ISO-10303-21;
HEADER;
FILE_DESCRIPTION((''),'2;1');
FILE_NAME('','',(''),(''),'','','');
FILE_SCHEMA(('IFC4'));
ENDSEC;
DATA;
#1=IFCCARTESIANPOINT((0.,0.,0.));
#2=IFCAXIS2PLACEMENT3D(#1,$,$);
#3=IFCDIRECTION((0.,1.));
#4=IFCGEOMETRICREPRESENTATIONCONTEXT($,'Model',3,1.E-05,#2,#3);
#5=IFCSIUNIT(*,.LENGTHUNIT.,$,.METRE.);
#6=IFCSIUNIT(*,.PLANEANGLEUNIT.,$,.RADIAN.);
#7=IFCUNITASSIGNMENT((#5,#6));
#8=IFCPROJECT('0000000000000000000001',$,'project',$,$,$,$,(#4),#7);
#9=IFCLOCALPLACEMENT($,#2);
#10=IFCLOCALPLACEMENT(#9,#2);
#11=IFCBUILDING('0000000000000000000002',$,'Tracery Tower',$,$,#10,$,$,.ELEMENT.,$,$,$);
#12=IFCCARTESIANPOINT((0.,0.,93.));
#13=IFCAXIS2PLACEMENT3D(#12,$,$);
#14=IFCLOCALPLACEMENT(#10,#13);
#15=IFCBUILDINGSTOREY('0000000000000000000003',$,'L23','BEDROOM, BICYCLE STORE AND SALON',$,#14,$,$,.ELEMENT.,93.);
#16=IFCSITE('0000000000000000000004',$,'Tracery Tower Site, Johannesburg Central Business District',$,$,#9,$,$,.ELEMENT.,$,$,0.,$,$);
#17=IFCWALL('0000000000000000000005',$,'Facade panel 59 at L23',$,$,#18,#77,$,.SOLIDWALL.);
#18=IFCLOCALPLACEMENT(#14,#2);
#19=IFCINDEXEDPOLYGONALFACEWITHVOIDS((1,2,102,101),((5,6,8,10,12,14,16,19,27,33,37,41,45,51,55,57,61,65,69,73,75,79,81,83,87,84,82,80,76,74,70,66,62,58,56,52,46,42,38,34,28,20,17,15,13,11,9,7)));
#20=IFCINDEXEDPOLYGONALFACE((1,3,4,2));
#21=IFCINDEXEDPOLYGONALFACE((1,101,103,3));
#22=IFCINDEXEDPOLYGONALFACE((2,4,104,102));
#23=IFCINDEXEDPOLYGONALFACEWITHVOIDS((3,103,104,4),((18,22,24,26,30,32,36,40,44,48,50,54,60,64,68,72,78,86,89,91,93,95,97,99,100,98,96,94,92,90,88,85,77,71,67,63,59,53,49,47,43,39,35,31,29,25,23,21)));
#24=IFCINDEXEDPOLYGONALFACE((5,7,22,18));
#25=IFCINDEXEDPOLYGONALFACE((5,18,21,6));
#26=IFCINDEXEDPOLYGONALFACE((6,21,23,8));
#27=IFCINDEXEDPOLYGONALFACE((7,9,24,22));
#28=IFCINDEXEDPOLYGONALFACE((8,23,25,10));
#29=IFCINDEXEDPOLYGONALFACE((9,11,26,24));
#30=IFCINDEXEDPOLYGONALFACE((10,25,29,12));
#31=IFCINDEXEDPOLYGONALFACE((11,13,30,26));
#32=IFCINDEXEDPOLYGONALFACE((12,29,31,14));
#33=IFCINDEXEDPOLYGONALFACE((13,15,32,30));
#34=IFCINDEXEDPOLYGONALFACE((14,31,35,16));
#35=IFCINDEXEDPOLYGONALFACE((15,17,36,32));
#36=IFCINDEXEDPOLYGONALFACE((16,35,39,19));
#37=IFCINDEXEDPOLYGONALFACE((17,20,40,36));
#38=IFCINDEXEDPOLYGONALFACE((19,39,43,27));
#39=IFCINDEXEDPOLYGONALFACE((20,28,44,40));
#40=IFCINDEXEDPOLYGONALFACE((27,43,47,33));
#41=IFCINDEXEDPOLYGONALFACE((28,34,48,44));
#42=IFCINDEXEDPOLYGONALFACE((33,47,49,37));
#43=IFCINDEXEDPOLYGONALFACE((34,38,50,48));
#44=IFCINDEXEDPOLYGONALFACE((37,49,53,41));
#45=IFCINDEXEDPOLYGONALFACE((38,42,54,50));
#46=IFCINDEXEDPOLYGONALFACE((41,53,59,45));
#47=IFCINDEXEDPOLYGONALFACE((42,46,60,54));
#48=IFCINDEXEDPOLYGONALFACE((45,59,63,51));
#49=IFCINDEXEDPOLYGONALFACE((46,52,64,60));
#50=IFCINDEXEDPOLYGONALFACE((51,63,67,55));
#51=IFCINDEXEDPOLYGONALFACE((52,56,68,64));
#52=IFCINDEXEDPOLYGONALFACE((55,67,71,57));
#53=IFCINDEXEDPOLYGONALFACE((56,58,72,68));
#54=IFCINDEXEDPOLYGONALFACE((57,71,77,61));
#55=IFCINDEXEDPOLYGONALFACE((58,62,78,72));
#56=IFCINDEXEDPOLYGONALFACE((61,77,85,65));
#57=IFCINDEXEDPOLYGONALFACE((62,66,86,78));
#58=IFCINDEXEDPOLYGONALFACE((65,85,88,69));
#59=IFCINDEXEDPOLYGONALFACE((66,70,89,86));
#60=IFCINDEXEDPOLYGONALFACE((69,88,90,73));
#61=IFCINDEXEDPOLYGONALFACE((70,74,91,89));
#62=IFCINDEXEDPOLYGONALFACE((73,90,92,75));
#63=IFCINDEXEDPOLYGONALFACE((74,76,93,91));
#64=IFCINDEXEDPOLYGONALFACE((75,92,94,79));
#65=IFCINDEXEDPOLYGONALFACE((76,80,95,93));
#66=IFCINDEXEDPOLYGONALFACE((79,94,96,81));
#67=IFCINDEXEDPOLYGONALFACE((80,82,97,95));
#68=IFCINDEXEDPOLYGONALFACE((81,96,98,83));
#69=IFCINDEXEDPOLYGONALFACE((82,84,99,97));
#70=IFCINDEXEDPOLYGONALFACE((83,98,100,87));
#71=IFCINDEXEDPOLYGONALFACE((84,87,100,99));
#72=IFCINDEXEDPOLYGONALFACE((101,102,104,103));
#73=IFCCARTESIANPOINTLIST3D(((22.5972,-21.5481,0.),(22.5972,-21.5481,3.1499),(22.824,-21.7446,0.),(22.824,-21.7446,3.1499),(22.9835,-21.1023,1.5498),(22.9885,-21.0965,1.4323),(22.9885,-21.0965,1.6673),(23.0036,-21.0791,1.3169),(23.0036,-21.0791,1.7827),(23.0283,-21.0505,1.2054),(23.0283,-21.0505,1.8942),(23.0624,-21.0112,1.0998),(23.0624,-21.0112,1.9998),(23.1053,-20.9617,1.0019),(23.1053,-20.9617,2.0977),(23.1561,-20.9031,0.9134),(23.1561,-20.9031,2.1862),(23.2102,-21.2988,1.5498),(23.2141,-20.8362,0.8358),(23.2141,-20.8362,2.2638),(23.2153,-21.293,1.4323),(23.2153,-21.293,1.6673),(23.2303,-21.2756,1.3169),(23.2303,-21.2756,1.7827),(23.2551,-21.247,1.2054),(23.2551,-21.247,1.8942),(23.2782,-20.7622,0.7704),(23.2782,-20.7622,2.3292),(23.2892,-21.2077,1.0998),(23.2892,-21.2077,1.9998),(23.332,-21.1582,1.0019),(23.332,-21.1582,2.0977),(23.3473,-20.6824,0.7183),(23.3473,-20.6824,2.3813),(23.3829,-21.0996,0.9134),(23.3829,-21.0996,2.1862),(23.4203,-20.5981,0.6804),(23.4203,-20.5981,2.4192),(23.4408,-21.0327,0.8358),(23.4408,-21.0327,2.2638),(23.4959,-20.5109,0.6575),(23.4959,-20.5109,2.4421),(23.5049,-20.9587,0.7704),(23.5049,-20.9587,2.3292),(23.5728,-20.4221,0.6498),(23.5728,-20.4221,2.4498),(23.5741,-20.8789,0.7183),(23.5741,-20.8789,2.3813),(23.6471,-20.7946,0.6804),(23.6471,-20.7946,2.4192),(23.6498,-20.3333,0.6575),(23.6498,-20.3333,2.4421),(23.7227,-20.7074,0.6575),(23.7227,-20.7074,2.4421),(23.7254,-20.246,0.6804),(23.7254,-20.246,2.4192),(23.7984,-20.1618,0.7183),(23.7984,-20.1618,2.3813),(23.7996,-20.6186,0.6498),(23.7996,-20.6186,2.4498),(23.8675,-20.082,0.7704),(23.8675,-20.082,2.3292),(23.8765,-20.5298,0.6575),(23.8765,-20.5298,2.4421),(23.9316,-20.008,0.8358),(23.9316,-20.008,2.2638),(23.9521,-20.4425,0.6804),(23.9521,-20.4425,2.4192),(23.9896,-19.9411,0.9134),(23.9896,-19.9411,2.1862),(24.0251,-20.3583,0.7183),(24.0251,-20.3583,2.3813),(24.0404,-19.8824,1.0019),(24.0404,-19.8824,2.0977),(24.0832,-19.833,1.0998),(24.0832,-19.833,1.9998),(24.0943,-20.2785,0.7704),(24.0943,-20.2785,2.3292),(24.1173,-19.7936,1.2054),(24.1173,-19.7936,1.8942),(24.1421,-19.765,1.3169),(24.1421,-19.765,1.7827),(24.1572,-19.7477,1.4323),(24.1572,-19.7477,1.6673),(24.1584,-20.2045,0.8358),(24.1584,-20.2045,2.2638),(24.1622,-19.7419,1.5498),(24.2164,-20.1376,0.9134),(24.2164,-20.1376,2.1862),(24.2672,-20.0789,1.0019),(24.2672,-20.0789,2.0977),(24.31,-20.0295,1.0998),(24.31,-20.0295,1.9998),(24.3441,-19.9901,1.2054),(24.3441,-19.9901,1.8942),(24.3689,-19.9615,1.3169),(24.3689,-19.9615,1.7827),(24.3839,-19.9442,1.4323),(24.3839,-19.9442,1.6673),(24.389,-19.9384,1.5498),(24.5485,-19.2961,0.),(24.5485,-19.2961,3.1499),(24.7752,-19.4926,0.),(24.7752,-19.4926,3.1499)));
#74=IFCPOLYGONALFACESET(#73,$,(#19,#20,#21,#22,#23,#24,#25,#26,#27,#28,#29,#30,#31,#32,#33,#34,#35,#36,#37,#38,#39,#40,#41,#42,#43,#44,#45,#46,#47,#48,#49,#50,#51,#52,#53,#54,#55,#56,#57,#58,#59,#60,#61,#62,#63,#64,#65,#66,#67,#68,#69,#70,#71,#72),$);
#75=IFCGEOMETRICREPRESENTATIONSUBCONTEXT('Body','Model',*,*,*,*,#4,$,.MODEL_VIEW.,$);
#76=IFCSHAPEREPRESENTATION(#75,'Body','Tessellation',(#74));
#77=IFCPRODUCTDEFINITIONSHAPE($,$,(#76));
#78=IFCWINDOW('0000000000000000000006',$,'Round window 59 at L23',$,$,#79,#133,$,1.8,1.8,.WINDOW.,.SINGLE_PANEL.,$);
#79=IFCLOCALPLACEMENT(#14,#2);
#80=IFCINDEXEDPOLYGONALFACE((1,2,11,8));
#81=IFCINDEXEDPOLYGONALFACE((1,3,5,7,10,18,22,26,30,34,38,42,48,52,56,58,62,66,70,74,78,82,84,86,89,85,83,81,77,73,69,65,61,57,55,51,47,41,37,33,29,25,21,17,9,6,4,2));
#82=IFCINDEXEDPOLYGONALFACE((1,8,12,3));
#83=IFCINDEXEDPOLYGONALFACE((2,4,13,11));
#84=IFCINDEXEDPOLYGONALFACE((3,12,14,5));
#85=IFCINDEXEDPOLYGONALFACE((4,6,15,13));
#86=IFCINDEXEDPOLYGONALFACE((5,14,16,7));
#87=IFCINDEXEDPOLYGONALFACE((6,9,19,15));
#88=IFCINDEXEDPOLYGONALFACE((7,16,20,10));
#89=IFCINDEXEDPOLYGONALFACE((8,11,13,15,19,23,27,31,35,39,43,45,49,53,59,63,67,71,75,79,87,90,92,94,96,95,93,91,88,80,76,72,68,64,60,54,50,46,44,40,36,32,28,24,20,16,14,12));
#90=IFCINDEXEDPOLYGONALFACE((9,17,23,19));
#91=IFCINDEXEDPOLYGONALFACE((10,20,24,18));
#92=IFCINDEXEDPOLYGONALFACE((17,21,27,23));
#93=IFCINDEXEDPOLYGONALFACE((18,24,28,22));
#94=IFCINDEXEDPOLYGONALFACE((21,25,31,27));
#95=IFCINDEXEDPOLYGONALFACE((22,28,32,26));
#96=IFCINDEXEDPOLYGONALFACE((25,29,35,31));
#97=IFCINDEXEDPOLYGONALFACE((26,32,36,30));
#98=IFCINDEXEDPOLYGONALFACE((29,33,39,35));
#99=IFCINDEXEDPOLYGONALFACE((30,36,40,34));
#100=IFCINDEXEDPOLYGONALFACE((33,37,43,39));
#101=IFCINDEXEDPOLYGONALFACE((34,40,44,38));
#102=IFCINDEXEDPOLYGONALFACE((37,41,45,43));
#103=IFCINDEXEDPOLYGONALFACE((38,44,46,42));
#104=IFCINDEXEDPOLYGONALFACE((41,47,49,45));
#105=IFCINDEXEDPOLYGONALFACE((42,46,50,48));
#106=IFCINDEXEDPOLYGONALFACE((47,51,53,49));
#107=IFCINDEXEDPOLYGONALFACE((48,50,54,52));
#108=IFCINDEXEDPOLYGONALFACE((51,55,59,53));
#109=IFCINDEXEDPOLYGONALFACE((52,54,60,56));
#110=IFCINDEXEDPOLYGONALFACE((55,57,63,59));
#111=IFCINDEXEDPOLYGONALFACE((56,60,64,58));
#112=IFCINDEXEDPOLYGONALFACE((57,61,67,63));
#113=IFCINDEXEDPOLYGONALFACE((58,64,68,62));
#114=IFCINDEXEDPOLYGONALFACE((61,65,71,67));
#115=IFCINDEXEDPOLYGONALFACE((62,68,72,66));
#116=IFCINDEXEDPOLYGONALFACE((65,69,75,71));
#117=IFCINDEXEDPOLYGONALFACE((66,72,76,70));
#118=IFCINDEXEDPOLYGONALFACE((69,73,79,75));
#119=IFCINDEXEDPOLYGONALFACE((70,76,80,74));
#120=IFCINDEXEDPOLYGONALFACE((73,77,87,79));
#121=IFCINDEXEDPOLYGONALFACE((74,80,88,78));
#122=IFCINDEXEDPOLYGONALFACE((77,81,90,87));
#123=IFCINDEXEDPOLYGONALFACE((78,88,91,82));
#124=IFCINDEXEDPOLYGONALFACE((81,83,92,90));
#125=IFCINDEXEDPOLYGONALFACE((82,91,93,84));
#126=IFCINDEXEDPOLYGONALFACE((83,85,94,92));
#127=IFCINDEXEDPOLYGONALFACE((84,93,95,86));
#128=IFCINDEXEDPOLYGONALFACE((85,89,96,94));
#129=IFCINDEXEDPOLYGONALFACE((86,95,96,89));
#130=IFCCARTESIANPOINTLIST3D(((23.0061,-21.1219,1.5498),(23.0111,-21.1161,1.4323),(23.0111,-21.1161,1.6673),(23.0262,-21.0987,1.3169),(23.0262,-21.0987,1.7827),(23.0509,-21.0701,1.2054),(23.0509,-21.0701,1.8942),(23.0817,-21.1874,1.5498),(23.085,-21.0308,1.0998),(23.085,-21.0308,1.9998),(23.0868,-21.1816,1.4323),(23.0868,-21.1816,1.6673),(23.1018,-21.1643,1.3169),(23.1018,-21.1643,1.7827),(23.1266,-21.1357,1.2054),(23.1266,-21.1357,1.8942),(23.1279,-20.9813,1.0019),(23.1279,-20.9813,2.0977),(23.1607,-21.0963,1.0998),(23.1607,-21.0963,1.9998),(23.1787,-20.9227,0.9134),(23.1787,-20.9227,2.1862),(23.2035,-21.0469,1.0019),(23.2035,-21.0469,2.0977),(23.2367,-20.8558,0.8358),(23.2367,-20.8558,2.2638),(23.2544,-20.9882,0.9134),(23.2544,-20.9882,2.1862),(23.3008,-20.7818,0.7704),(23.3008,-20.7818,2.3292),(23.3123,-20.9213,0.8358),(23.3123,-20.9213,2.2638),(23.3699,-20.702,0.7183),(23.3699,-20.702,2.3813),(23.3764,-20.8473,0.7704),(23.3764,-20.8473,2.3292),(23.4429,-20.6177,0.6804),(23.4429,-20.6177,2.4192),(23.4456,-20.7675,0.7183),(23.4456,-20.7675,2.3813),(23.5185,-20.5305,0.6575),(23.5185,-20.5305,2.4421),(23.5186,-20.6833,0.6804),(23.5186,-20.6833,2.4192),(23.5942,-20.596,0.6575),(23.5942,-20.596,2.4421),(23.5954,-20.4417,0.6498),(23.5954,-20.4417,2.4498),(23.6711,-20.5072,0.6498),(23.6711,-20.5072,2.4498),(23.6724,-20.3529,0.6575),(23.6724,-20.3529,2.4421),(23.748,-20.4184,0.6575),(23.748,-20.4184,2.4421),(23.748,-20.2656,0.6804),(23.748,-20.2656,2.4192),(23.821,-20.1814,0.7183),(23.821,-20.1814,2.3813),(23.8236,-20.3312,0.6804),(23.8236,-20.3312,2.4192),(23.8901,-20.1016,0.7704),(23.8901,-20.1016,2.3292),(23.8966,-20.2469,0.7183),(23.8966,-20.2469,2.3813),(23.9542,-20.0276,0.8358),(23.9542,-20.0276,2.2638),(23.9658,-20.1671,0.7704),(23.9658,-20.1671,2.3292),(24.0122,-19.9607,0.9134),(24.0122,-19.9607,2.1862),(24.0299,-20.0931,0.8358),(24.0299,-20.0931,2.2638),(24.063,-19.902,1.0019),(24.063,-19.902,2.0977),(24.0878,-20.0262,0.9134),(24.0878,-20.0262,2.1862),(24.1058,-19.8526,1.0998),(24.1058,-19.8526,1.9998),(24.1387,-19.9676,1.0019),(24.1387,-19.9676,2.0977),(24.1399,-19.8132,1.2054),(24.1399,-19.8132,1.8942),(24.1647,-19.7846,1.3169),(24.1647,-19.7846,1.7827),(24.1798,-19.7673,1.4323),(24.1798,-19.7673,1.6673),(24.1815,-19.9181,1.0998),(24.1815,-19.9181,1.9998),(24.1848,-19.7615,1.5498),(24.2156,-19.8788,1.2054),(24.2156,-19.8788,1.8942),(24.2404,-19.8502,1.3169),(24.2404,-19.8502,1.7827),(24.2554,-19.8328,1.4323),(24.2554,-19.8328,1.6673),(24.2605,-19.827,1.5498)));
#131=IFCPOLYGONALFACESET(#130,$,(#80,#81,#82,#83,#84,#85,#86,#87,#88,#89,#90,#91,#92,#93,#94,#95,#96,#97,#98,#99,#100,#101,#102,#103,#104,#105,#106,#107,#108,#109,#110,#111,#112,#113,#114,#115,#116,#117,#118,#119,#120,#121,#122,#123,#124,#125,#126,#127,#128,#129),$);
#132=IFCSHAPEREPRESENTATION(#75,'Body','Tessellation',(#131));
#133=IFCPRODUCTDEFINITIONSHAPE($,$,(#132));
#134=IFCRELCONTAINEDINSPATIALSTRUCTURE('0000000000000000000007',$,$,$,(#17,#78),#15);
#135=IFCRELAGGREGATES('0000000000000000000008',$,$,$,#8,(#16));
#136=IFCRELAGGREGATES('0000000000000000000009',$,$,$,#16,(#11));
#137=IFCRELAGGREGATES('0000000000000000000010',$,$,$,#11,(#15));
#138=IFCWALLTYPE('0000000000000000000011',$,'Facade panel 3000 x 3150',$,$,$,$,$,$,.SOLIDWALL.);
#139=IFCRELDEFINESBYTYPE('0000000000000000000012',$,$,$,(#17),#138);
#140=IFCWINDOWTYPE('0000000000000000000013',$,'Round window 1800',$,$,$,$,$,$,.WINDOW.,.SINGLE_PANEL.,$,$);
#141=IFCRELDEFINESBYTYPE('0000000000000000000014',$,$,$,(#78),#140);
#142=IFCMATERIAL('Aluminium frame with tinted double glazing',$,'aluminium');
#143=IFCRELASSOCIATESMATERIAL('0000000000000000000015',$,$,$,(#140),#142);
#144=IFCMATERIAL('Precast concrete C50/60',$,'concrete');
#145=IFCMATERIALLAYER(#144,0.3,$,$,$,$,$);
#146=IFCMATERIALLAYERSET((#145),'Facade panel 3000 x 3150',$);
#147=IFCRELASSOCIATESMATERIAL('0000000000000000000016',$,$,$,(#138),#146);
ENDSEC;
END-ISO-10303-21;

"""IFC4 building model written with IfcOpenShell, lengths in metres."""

from ifc_helpers import new_model, si_unit, direction, frame, frame_2d, origin, origin_2d, place, context, subcontext, project, spatial, rectangle, circle, extrude, material, layer, layer_set, type_object, element, fill, save


model = new_model("IFC4")

# Units and contexts
model_context = context("Model", 3, precision=1e-05, world=origin(), true_north=direction((0.0, 1.0)))
body_context = subcontext(model_context, "Body", "Model", "MODEL_VIEW")
ifc_project = project(units=[si_unit("LENGTHUNIT", "METRE"), si_unit("PLANEANGLEUNIT", "RADIAN")], contexts=[model_context])

# Site, building, storey
site_placement = place(None, origin())
site = spatial("IfcSite", under=ifc_project, at=site_placement, Name="Tracery Tower Site, Johannesburg Central Business District", CompositionType="ELEMENT", RefElevation=0.0)
building_placement = place(site_placement, origin())
building = spatial("IfcBuilding", under=site, at=building_placement, Name="Tracery Tower", CompositionType="ELEMENT")
storey_placement = place(building_placement, frame((0.0, 0.0, 93.0)))
storey = spatial("IfcBuildingStorey", under=building, at=storey_placement, Name="L23", Description="BEDROOM, BICYCLE STORE AND SALON", CompositionType="ELEMENT", Elevation=93.0)

# Wall, opening, window
ifc_material_1 = material(Name="Aluminium frame with tinted double glazing", Category="aluminium")
window_type = type_object("IfcWindowType", Name="Round window 1800", PartitioningType="SINGLE_PANEL", PredefinedType="WINDOW", material=ifc_material_1)
ifc_material_2 = material(Name="Precast concrete C50/60", Category="concrete")
ifc_layer_1 = layer(ifc_material_2, 0.3)
ifc_layer_set_1 = layer_set([ifc_layer_1], Name="Facade panel 3000 x 3150")
wall_type_1 = type_object("IfcWallType", Name="Facade panel 3000 x 3150", PredefinedType="SOLIDWALL", material=ifc_layer_set_1)
wall_1_placement = place(storey_placement, frame((22.7107, -21.6462, 0.0), z_axis=(0.0, 0.0, 1.0), x_axis=(0.654831, 0.755776, 0.0)))
wall_1 = element("IfcWall", 1, at=wall_1_placement, inside=storey, type_object=wall_type_1, Name="Facade panel 59 at L23", PredefinedType="SOLIDWALL", context=body_context, shape_type="SweptSolid", body=[
    extrude(rectangle(XDim=2.9797, YDim=0.3, at=frame_2d((1.4897, 0.0))), origin(), (0.0, 0.0, 1.0), 3.1499),
])
opening_1_placement = place(wall_1_placement, frame((1.4897, 0.0, 1.5498)))
opening_1 = element("IfcOpeningElement", 2, at=opening_1_placement, cuts=wall_1, PredefinedType="OPENING", context=body_context, shape_type="SweptSolid", body=[
    extrude(circle(Radius=0.9, at=origin_2d()), frame((0.0, 0.1599, 0.0), z_axis=(0.0, -1.0, 0.0), x_axis=(1.0, 0.0, 0.0)), (0.0, 0.0, 1.0), 0.3201),
])
window_1_placement = place(opening_1_placement, origin())
window_1 = element("IfcWindow", 3, at=window_1_placement, inside=storey, type_object=window_type, Name="Round window 59 at L23", OverallHeight=1.8, OverallWidth=1.8, PartitioningType="SINGLE_PANEL", PredefinedType="WINDOW", context=body_context, shape_type="SweptSolid", body=[
    extrude(circle(Radius=0.9, at=origin_2d()), frame((0.0, 0.1201, 0.0), z_axis=(0.0, -1.0, 0.0), x_axis=(1.0, 0.0, 0.0)), (0.0, 0.0, 1.0), 0.1001),
])
fill(opening_1, window_1)

save(model, "model.ifc")
